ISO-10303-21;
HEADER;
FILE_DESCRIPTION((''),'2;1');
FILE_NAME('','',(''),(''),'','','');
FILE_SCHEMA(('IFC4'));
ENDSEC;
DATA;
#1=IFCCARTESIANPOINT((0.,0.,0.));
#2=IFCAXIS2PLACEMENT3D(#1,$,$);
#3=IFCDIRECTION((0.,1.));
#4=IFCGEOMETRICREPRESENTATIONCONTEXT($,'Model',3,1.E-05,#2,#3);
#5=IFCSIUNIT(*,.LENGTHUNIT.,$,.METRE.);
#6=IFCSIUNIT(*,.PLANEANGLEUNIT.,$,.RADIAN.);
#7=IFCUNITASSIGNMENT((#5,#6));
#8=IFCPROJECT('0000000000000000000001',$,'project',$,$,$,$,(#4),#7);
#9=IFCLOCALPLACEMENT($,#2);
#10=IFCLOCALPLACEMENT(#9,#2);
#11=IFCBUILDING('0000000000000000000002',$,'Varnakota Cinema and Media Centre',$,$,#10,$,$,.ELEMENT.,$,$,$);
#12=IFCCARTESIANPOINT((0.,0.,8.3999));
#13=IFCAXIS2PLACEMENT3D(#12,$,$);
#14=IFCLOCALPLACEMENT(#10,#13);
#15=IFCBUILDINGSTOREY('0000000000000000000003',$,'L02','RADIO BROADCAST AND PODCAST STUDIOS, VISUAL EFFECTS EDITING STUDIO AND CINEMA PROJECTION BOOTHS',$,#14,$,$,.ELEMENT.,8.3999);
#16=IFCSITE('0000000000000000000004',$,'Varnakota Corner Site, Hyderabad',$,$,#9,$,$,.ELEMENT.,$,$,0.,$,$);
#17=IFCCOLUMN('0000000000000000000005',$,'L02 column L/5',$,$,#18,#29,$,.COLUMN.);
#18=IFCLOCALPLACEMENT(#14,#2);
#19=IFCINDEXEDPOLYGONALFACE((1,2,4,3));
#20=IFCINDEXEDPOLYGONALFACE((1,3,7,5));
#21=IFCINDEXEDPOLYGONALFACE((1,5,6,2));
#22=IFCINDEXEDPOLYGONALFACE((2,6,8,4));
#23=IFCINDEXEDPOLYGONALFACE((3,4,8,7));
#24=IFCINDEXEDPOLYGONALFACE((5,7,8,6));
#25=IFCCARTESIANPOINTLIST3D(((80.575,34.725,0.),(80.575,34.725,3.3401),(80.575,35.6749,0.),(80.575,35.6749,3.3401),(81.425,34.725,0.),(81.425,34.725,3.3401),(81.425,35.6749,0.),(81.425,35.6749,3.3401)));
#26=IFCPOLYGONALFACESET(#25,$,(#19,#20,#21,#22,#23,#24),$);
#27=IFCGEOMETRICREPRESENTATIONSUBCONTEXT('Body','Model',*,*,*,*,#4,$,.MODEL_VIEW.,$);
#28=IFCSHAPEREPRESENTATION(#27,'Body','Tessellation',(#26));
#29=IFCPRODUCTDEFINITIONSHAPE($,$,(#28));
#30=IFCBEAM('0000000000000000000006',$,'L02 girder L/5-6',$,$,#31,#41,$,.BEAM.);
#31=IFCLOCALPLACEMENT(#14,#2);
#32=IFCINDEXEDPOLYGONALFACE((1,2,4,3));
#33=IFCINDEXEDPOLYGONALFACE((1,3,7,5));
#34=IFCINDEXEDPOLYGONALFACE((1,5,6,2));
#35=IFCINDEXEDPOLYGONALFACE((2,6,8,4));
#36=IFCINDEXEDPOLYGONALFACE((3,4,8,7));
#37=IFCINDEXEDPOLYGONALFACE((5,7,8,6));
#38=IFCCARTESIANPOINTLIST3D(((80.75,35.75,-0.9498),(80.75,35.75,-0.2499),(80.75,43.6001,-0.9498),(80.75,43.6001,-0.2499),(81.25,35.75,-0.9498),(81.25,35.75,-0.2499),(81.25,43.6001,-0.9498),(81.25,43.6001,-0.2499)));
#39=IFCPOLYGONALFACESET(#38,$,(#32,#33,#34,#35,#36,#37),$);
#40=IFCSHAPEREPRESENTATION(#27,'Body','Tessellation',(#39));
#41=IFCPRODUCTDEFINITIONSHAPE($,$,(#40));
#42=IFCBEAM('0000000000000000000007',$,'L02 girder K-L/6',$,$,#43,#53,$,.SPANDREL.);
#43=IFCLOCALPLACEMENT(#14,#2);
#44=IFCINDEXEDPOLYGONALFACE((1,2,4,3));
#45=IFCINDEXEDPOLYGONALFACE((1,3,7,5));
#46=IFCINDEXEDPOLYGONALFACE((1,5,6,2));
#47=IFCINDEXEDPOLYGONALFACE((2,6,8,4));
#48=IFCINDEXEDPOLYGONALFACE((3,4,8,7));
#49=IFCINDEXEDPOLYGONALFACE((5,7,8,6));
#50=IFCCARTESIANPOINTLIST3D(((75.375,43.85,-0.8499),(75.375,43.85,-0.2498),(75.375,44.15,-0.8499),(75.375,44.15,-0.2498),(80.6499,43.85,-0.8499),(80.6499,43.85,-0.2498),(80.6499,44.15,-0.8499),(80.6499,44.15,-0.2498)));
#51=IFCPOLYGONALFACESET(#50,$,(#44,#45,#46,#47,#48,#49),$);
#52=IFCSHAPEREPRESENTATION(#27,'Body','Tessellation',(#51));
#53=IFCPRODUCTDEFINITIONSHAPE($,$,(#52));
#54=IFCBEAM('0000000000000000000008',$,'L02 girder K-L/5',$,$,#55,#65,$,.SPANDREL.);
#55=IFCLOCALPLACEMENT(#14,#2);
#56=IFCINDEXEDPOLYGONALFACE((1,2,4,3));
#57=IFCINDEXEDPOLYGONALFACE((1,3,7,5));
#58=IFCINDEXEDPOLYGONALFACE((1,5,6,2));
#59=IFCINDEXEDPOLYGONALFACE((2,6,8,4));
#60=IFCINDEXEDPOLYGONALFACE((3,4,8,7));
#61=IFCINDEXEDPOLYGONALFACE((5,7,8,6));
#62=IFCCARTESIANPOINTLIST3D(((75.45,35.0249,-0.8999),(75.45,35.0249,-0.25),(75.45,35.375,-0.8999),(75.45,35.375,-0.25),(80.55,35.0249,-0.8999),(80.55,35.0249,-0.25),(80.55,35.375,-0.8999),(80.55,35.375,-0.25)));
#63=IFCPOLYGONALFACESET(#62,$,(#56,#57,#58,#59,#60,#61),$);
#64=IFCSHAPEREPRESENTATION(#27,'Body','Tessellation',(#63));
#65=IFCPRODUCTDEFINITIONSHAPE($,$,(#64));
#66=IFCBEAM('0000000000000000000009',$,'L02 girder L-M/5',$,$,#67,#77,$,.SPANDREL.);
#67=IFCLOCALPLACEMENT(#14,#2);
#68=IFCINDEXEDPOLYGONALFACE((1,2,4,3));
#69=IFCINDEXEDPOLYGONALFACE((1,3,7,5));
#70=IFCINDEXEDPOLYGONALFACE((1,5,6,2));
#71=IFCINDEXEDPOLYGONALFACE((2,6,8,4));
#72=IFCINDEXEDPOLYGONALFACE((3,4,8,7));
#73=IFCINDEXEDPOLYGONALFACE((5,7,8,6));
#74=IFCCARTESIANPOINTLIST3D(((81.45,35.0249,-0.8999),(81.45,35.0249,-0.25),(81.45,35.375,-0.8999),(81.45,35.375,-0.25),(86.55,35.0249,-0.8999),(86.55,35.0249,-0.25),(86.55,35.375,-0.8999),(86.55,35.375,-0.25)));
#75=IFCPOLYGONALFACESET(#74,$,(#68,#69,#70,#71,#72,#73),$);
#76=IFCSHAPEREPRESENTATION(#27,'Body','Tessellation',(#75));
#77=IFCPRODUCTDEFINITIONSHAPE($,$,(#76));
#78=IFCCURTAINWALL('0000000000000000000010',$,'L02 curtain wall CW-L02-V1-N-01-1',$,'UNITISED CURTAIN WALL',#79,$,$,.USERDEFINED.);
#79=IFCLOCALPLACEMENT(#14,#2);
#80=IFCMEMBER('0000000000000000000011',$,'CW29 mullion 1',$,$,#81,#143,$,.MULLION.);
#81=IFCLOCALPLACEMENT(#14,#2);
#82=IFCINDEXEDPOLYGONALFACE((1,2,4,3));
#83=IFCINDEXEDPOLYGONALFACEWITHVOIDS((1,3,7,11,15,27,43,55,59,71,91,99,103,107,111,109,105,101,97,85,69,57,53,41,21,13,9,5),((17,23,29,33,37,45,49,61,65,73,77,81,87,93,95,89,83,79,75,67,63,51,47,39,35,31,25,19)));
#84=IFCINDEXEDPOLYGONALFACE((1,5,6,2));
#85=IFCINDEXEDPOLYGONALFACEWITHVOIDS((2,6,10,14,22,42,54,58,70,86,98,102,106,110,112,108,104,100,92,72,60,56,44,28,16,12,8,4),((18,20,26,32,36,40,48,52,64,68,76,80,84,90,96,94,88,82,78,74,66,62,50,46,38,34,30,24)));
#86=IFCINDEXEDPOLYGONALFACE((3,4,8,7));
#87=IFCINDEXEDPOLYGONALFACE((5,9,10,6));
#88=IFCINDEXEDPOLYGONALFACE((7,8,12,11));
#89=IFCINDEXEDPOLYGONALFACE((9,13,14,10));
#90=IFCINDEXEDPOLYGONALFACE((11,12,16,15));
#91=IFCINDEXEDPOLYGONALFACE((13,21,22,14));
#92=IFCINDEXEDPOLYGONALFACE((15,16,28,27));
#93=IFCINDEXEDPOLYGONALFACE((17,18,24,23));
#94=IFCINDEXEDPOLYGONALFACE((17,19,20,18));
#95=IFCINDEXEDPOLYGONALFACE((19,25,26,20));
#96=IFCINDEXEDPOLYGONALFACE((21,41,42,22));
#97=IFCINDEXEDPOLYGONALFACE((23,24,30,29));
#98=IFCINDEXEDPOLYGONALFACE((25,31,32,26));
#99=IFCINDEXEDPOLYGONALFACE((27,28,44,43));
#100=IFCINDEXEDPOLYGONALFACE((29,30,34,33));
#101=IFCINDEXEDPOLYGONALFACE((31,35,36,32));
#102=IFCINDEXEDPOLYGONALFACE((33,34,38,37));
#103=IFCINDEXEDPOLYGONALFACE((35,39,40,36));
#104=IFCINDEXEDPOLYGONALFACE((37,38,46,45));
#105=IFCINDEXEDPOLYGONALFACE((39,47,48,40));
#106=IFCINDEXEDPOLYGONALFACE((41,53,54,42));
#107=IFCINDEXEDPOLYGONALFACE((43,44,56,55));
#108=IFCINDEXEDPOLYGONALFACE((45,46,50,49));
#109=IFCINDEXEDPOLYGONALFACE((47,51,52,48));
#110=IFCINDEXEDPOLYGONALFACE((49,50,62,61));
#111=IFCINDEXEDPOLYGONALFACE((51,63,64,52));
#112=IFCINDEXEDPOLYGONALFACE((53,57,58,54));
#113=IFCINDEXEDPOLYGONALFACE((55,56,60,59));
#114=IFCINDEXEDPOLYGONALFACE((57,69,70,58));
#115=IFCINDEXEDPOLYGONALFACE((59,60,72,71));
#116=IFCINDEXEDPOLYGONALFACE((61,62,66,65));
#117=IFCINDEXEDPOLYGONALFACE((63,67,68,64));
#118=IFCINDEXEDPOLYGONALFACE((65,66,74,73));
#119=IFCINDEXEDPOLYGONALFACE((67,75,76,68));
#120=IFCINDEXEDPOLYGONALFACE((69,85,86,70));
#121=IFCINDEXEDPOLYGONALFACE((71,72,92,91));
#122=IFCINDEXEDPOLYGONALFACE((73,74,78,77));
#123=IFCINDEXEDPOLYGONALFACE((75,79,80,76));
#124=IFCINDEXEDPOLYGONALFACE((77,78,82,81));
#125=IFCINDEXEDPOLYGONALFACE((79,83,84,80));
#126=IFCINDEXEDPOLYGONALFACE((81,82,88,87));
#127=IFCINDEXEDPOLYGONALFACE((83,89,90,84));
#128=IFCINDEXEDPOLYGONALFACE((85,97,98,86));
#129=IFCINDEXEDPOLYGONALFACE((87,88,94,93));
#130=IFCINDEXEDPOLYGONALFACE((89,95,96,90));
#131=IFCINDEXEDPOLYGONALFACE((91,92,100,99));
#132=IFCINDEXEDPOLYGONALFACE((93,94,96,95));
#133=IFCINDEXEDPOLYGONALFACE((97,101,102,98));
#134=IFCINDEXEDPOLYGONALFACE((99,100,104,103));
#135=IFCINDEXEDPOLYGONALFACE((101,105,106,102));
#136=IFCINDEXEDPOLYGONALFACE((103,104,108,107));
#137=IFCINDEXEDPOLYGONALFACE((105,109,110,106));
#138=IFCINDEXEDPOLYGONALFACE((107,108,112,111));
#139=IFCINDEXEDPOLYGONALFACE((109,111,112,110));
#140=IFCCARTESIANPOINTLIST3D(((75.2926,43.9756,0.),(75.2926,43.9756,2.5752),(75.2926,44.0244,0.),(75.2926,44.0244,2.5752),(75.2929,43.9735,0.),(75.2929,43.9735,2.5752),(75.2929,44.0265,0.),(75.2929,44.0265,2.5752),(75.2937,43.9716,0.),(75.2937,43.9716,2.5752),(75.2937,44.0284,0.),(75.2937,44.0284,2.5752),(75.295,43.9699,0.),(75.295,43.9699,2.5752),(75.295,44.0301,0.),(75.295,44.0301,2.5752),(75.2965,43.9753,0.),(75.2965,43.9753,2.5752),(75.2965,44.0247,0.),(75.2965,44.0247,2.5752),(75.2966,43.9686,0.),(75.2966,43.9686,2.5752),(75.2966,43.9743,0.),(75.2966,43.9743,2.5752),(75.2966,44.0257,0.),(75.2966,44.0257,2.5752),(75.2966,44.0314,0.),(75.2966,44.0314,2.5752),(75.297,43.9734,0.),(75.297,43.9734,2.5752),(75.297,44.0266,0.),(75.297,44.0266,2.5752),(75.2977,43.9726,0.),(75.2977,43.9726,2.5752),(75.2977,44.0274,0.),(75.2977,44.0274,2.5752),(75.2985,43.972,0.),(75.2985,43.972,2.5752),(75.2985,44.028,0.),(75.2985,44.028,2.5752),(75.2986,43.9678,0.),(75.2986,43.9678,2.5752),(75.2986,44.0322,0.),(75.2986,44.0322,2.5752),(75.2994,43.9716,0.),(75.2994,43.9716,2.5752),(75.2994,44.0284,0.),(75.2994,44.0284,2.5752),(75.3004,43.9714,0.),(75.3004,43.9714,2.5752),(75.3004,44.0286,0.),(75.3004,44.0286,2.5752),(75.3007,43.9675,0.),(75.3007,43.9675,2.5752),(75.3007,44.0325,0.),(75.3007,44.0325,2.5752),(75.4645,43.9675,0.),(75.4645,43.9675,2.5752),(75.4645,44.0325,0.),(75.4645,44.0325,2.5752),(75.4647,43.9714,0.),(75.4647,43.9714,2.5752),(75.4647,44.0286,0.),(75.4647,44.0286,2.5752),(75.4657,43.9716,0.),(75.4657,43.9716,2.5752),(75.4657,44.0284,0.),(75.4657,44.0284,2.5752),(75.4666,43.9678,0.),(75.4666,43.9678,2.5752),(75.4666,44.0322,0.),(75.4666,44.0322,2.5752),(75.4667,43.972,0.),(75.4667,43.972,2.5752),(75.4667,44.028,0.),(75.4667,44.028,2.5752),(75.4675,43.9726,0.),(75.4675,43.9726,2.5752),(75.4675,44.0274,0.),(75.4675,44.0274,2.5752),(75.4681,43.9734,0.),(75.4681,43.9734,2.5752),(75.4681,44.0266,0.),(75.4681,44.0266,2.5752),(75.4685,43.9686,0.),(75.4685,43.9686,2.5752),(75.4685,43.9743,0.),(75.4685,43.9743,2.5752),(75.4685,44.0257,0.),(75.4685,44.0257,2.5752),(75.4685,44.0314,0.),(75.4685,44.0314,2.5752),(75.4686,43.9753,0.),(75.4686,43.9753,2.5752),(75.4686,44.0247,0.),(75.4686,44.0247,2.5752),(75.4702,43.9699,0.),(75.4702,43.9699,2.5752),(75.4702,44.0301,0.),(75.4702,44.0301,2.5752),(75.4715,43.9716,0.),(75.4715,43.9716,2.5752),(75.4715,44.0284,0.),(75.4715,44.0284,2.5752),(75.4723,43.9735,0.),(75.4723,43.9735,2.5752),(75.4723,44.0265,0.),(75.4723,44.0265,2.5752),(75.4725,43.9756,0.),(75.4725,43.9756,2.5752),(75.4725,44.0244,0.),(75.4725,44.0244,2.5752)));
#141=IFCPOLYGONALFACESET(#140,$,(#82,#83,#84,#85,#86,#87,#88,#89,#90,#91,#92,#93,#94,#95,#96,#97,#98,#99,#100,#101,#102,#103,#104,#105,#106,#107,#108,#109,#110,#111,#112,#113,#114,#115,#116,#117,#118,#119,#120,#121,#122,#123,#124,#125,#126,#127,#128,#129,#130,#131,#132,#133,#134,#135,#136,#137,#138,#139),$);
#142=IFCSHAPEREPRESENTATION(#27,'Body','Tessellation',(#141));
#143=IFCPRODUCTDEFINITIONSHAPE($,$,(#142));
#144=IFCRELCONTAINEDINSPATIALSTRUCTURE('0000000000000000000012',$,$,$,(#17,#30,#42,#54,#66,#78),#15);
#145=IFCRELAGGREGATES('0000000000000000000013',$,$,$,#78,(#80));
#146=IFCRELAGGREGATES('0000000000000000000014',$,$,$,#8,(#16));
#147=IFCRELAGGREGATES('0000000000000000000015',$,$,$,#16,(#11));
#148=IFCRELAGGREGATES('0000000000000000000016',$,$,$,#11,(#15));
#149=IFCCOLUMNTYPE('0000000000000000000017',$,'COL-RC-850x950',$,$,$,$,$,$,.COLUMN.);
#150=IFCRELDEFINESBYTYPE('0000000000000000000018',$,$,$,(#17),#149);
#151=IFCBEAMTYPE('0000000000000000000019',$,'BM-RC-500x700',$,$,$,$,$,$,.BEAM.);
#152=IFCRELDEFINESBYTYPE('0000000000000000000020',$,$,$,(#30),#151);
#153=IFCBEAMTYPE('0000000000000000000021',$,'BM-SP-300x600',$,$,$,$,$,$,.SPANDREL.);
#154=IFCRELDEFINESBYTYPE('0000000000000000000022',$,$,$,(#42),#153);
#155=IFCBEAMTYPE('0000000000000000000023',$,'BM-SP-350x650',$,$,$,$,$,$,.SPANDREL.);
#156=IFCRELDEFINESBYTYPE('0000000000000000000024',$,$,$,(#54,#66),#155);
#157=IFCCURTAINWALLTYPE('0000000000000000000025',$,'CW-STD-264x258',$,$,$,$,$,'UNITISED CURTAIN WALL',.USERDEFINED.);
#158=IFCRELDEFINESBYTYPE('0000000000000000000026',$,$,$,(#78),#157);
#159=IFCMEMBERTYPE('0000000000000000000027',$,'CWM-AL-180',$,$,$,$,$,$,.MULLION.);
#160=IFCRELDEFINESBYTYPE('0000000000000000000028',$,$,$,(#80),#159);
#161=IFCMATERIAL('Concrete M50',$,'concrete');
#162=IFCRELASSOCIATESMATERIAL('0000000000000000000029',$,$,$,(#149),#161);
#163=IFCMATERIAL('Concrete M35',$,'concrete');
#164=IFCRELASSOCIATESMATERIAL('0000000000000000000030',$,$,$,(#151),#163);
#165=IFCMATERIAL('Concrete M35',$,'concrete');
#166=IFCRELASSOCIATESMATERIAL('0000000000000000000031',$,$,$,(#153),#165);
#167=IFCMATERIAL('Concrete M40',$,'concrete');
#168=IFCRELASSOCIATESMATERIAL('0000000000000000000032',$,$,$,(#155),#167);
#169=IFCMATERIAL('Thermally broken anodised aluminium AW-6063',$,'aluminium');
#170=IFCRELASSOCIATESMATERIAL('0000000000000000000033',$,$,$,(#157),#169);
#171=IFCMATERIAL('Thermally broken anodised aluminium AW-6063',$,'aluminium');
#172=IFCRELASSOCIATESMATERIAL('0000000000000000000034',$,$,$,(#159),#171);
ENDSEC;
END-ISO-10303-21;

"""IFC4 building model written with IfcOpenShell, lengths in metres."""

from ifc_helpers import new_model, si_unit, direction, frame, origin, origin_2d, place, context, subcontext, project, spatial, rectangle, hollow_rectangle, extrude, material, material_profile, profile_set, type_object, element, aggregate, save


model = new_model("IFC4")

# Units and contexts
model_context = context("Model", 3, precision=1e-05, world=origin(), true_north=direction((0.0, 1.0)))
body_context = subcontext(model_context, "Body", "Model", "MODEL_VIEW")
ifc_project = project(units=[si_unit("LENGTHUNIT", "METRE"), si_unit("PLANEANGLEUNIT", "RADIAN")], contexts=[model_context])

# Site, building, storey
site_placement = place(None, origin())
site = spatial("IfcSite", under=ifc_project, at=site_placement, Name="Varnakota Corner Site, Hyderabad", CompositionType="ELEMENT", RefElevation=0.0)
building_placement = place(site_placement, origin())
building = spatial("IfcBuilding", under=site, at=building_placement, Name="Varnakota Cinema and Media Centre", CompositionType="ELEMENT")
storey_placement = place(building_placement, frame((0.0, 0.0, 8.3999)))
storey = spatial("IfcBuildingStorey", under=building, at=storey_placement, Name="L02", Description="RADIO BROADCAST AND PODCAST STUDIOS, VISUAL EFFECTS EDITING STUDIO AND CINEMA PROJECTION BOOTHS", CompositionType="ELEMENT", Elevation=8.3999)

# Column
ifc_material_1 = material(Name="Concrete M50", Category="concrete")
ifc_material_profile_1 = material_profile(ifc_material_1, rectangle(XDim=0.8501, YDim=0.95, at=origin_2d()), Name="RC 850x950")
ifc_profile_set_1 = profile_set([ifc_material_profile_1], Name="Concrete M50")
column_type = type_object("IfcColumnType", Name="COL-RC-850x950", PredefinedType="COLUMN", material=ifc_profile_set_1)
column_placement = place(storey_placement, frame((81.0, 35.2, 0.0), z_axis=(0.0, 0.0, 1.0), x_axis=(1.0, 0.0, 0.0)))
element("IfcColumn", 1, at=column_placement, inside=storey, type_object=column_type, Name="L02 column L/5", PredefinedType="COLUMN", context=body_context, shape_type="SweptSolid", body=[
    extrude(rectangle(XDim=0.8501, YDim=0.95, at=origin_2d()), origin(), (0.0, 0.0, 1.0), 3.3401),
])

# Beams
ifc_material_2 = material(Name="Concrete M35", Category="concrete")
ifc_material_profile_2 = material_profile(ifc_material_2, rectangle(XDim=0.5, YDim=0.7, at=origin_2d()), Name="RCB 500x700")
ifc_profile_set_2 = profile_set([ifc_material_profile_2], Name="Concrete M35")
beam_type_1 = type_object("IfcBeamType", Name="BM-RC-500x700", PredefinedType="BEAM", material=ifc_profile_set_2)
beam_1_placement = place(storey_placement, frame((81.0, 35.75, -0.5999), z_axis=(0.0, 1.0, 0.0), x_axis=(-1.0, 0.0, 0.0)))
element("IfcBeam", 2, at=beam_1_placement, inside=storey, type_object=beam_type_1, Name="L02 girder L/5-6", PredefinedType="BEAM", context=body_context, shape_type="SweptSolid", body=[
    extrude(rectangle(XDim=0.5, YDim=0.7, at=origin_2d()), origin(), (0.0, 0.0, 1.0), 7.8501),
])
ifc_material_3 = material(Name="Concrete M35", Category="concrete")
ifc_material_profile_3 = material_profile(ifc_material_3, rectangle(XDim=0.3, YDim=0.6001, at=origin_2d()), Name="RCB 300x600")
ifc_profile_set_3 = profile_set([ifc_material_profile_3], Name="Concrete M35")
beam_type_2 = type_object("IfcBeamType", Name="BM-SP-300x600", PredefinedType="SPANDREL", material=ifc_profile_set_3)
beam_2_placement = place(storey_placement, frame((75.375, 44.0, -0.5498), z_axis=(1.0, 0.0, 0.0), x_axis=(0.0, 1.0, 0.0)))
element("IfcBeam", 3, at=beam_2_placement, inside=storey, type_object=beam_type_2, Name="L02 girder K-L/6", PredefinedType="SPANDREL", context=body_context, shape_type="SweptSolid", body=[
    extrude(rectangle(XDim=0.3, YDim=0.6001, at=origin_2d()), origin(), (0.0, 0.0, 1.0), 5.2749),
])
ifc_material_4 = material(Name="Concrete M40", Category="concrete")
ifc_material_profile_4 = material_profile(ifc_material_4, rectangle(XDim=0.3501, YDim=0.6499, at=origin_2d()), Name="RCB 350x650")
ifc_profile_set_4 = profile_set([ifc_material_profile_4], Name="Concrete M40")
beam_type_3 = type_object("IfcBeamType", Name="BM-SP-350x650", PredefinedType="SPANDREL", material=ifc_profile_set_4)
for number, where, z_axis, x_axis, name in (
    (4, (75.45, 35.2, -0.575), (1.0, 0.0, 0.0), (0.0, 1.0, 0.0), "L02 girder K-L/5"),
    (5, (81.45, 35.2, -0.575), (1.0, 0.0, 0.0), (0.0, 1.0, 0.0), "L02 girder L-M/5"),
):
    element("IfcBeam", number, at=place(storey_placement, frame(where, z_axis=z_axis, x_axis=x_axis)), inside=storey, type_object=beam_type_3, Name=name, PredefinedType="SPANDREL", context=body_context, shape_type="SweptSolid", body=[
        extrude(rectangle(XDim=0.3501, YDim=0.6499, at=origin_2d()), origin(), (0.0, 0.0, 1.0), 5.1001),
    ])

# Curtain wall, member
ifc_material_5 = material(Name="Thermally broken anodised aluminium AW-6063", Category="aluminium")
curtain_wall_type = type_object("IfcCurtainWallType", Name="CW-STD-264x258", ElementType="UNITISED CURTAIN WALL", PredefinedType="USERDEFINED", material=ifc_material_5)
curtain_wall_placement = place(storey_placement, origin())
curtain_wall = element("IfcCurtainWall", 6, at=curtain_wall_placement, inside=storey, type_object=curtain_wall_type, Name="L02 curtain wall CW-L02-V1-N-01-1", ObjectType="UNITISED CURTAIN WALL", PredefinedType="USERDEFINED")
ifc_material_6 = material(Name="Thermally broken anodised aluminium AW-6063", Category="aluminium")
ifc_material_profile_5 = material_profile(ifc_material_6, hollow_rectangle(XDim=0.0649, YDim=0.1799, WallThickness=0.0039, InnerFilletRadius=0.0039, OuterFilletRadius=0.0081, at=origin_2d()), Name="AL-MULLION 180x65x4")
ifc_profile_set_5 = profile_set([ifc_material_profile_5], Name="Thermally broken anodised aluminium AW-6063")
member_type_1 = type_object("IfcMemberType", Name="CWM-AL-180", PredefinedType="MULLION", material=ifc_profile_set_5)
member_1_placement = place(storey_placement, frame((75.3826, 44.0, 0.0), z_axis=(0.0, 0.0, 1.0), x_axis=(0.0, 1.0, 0.0)))
member_1 = element("IfcMember", 7, at=member_1_placement, type_object=member_type_1, Name="CW29 mullion 1", PredefinedType="MULLION", context=body_context, shape_type="SweptSolid", body=[
    extrude(hollow_rectangle(XDim=0.0649, YDim=0.1799, WallThickness=0.0039, InnerFilletRadius=0.0039, OuterFilletRadius=0.0081, at=origin_2d()), origin(), (0.0, 0.0, 1.0), 2.5752),
])
aggregate(curtain_wall, [member_1])

save(model, "model.ifc")
